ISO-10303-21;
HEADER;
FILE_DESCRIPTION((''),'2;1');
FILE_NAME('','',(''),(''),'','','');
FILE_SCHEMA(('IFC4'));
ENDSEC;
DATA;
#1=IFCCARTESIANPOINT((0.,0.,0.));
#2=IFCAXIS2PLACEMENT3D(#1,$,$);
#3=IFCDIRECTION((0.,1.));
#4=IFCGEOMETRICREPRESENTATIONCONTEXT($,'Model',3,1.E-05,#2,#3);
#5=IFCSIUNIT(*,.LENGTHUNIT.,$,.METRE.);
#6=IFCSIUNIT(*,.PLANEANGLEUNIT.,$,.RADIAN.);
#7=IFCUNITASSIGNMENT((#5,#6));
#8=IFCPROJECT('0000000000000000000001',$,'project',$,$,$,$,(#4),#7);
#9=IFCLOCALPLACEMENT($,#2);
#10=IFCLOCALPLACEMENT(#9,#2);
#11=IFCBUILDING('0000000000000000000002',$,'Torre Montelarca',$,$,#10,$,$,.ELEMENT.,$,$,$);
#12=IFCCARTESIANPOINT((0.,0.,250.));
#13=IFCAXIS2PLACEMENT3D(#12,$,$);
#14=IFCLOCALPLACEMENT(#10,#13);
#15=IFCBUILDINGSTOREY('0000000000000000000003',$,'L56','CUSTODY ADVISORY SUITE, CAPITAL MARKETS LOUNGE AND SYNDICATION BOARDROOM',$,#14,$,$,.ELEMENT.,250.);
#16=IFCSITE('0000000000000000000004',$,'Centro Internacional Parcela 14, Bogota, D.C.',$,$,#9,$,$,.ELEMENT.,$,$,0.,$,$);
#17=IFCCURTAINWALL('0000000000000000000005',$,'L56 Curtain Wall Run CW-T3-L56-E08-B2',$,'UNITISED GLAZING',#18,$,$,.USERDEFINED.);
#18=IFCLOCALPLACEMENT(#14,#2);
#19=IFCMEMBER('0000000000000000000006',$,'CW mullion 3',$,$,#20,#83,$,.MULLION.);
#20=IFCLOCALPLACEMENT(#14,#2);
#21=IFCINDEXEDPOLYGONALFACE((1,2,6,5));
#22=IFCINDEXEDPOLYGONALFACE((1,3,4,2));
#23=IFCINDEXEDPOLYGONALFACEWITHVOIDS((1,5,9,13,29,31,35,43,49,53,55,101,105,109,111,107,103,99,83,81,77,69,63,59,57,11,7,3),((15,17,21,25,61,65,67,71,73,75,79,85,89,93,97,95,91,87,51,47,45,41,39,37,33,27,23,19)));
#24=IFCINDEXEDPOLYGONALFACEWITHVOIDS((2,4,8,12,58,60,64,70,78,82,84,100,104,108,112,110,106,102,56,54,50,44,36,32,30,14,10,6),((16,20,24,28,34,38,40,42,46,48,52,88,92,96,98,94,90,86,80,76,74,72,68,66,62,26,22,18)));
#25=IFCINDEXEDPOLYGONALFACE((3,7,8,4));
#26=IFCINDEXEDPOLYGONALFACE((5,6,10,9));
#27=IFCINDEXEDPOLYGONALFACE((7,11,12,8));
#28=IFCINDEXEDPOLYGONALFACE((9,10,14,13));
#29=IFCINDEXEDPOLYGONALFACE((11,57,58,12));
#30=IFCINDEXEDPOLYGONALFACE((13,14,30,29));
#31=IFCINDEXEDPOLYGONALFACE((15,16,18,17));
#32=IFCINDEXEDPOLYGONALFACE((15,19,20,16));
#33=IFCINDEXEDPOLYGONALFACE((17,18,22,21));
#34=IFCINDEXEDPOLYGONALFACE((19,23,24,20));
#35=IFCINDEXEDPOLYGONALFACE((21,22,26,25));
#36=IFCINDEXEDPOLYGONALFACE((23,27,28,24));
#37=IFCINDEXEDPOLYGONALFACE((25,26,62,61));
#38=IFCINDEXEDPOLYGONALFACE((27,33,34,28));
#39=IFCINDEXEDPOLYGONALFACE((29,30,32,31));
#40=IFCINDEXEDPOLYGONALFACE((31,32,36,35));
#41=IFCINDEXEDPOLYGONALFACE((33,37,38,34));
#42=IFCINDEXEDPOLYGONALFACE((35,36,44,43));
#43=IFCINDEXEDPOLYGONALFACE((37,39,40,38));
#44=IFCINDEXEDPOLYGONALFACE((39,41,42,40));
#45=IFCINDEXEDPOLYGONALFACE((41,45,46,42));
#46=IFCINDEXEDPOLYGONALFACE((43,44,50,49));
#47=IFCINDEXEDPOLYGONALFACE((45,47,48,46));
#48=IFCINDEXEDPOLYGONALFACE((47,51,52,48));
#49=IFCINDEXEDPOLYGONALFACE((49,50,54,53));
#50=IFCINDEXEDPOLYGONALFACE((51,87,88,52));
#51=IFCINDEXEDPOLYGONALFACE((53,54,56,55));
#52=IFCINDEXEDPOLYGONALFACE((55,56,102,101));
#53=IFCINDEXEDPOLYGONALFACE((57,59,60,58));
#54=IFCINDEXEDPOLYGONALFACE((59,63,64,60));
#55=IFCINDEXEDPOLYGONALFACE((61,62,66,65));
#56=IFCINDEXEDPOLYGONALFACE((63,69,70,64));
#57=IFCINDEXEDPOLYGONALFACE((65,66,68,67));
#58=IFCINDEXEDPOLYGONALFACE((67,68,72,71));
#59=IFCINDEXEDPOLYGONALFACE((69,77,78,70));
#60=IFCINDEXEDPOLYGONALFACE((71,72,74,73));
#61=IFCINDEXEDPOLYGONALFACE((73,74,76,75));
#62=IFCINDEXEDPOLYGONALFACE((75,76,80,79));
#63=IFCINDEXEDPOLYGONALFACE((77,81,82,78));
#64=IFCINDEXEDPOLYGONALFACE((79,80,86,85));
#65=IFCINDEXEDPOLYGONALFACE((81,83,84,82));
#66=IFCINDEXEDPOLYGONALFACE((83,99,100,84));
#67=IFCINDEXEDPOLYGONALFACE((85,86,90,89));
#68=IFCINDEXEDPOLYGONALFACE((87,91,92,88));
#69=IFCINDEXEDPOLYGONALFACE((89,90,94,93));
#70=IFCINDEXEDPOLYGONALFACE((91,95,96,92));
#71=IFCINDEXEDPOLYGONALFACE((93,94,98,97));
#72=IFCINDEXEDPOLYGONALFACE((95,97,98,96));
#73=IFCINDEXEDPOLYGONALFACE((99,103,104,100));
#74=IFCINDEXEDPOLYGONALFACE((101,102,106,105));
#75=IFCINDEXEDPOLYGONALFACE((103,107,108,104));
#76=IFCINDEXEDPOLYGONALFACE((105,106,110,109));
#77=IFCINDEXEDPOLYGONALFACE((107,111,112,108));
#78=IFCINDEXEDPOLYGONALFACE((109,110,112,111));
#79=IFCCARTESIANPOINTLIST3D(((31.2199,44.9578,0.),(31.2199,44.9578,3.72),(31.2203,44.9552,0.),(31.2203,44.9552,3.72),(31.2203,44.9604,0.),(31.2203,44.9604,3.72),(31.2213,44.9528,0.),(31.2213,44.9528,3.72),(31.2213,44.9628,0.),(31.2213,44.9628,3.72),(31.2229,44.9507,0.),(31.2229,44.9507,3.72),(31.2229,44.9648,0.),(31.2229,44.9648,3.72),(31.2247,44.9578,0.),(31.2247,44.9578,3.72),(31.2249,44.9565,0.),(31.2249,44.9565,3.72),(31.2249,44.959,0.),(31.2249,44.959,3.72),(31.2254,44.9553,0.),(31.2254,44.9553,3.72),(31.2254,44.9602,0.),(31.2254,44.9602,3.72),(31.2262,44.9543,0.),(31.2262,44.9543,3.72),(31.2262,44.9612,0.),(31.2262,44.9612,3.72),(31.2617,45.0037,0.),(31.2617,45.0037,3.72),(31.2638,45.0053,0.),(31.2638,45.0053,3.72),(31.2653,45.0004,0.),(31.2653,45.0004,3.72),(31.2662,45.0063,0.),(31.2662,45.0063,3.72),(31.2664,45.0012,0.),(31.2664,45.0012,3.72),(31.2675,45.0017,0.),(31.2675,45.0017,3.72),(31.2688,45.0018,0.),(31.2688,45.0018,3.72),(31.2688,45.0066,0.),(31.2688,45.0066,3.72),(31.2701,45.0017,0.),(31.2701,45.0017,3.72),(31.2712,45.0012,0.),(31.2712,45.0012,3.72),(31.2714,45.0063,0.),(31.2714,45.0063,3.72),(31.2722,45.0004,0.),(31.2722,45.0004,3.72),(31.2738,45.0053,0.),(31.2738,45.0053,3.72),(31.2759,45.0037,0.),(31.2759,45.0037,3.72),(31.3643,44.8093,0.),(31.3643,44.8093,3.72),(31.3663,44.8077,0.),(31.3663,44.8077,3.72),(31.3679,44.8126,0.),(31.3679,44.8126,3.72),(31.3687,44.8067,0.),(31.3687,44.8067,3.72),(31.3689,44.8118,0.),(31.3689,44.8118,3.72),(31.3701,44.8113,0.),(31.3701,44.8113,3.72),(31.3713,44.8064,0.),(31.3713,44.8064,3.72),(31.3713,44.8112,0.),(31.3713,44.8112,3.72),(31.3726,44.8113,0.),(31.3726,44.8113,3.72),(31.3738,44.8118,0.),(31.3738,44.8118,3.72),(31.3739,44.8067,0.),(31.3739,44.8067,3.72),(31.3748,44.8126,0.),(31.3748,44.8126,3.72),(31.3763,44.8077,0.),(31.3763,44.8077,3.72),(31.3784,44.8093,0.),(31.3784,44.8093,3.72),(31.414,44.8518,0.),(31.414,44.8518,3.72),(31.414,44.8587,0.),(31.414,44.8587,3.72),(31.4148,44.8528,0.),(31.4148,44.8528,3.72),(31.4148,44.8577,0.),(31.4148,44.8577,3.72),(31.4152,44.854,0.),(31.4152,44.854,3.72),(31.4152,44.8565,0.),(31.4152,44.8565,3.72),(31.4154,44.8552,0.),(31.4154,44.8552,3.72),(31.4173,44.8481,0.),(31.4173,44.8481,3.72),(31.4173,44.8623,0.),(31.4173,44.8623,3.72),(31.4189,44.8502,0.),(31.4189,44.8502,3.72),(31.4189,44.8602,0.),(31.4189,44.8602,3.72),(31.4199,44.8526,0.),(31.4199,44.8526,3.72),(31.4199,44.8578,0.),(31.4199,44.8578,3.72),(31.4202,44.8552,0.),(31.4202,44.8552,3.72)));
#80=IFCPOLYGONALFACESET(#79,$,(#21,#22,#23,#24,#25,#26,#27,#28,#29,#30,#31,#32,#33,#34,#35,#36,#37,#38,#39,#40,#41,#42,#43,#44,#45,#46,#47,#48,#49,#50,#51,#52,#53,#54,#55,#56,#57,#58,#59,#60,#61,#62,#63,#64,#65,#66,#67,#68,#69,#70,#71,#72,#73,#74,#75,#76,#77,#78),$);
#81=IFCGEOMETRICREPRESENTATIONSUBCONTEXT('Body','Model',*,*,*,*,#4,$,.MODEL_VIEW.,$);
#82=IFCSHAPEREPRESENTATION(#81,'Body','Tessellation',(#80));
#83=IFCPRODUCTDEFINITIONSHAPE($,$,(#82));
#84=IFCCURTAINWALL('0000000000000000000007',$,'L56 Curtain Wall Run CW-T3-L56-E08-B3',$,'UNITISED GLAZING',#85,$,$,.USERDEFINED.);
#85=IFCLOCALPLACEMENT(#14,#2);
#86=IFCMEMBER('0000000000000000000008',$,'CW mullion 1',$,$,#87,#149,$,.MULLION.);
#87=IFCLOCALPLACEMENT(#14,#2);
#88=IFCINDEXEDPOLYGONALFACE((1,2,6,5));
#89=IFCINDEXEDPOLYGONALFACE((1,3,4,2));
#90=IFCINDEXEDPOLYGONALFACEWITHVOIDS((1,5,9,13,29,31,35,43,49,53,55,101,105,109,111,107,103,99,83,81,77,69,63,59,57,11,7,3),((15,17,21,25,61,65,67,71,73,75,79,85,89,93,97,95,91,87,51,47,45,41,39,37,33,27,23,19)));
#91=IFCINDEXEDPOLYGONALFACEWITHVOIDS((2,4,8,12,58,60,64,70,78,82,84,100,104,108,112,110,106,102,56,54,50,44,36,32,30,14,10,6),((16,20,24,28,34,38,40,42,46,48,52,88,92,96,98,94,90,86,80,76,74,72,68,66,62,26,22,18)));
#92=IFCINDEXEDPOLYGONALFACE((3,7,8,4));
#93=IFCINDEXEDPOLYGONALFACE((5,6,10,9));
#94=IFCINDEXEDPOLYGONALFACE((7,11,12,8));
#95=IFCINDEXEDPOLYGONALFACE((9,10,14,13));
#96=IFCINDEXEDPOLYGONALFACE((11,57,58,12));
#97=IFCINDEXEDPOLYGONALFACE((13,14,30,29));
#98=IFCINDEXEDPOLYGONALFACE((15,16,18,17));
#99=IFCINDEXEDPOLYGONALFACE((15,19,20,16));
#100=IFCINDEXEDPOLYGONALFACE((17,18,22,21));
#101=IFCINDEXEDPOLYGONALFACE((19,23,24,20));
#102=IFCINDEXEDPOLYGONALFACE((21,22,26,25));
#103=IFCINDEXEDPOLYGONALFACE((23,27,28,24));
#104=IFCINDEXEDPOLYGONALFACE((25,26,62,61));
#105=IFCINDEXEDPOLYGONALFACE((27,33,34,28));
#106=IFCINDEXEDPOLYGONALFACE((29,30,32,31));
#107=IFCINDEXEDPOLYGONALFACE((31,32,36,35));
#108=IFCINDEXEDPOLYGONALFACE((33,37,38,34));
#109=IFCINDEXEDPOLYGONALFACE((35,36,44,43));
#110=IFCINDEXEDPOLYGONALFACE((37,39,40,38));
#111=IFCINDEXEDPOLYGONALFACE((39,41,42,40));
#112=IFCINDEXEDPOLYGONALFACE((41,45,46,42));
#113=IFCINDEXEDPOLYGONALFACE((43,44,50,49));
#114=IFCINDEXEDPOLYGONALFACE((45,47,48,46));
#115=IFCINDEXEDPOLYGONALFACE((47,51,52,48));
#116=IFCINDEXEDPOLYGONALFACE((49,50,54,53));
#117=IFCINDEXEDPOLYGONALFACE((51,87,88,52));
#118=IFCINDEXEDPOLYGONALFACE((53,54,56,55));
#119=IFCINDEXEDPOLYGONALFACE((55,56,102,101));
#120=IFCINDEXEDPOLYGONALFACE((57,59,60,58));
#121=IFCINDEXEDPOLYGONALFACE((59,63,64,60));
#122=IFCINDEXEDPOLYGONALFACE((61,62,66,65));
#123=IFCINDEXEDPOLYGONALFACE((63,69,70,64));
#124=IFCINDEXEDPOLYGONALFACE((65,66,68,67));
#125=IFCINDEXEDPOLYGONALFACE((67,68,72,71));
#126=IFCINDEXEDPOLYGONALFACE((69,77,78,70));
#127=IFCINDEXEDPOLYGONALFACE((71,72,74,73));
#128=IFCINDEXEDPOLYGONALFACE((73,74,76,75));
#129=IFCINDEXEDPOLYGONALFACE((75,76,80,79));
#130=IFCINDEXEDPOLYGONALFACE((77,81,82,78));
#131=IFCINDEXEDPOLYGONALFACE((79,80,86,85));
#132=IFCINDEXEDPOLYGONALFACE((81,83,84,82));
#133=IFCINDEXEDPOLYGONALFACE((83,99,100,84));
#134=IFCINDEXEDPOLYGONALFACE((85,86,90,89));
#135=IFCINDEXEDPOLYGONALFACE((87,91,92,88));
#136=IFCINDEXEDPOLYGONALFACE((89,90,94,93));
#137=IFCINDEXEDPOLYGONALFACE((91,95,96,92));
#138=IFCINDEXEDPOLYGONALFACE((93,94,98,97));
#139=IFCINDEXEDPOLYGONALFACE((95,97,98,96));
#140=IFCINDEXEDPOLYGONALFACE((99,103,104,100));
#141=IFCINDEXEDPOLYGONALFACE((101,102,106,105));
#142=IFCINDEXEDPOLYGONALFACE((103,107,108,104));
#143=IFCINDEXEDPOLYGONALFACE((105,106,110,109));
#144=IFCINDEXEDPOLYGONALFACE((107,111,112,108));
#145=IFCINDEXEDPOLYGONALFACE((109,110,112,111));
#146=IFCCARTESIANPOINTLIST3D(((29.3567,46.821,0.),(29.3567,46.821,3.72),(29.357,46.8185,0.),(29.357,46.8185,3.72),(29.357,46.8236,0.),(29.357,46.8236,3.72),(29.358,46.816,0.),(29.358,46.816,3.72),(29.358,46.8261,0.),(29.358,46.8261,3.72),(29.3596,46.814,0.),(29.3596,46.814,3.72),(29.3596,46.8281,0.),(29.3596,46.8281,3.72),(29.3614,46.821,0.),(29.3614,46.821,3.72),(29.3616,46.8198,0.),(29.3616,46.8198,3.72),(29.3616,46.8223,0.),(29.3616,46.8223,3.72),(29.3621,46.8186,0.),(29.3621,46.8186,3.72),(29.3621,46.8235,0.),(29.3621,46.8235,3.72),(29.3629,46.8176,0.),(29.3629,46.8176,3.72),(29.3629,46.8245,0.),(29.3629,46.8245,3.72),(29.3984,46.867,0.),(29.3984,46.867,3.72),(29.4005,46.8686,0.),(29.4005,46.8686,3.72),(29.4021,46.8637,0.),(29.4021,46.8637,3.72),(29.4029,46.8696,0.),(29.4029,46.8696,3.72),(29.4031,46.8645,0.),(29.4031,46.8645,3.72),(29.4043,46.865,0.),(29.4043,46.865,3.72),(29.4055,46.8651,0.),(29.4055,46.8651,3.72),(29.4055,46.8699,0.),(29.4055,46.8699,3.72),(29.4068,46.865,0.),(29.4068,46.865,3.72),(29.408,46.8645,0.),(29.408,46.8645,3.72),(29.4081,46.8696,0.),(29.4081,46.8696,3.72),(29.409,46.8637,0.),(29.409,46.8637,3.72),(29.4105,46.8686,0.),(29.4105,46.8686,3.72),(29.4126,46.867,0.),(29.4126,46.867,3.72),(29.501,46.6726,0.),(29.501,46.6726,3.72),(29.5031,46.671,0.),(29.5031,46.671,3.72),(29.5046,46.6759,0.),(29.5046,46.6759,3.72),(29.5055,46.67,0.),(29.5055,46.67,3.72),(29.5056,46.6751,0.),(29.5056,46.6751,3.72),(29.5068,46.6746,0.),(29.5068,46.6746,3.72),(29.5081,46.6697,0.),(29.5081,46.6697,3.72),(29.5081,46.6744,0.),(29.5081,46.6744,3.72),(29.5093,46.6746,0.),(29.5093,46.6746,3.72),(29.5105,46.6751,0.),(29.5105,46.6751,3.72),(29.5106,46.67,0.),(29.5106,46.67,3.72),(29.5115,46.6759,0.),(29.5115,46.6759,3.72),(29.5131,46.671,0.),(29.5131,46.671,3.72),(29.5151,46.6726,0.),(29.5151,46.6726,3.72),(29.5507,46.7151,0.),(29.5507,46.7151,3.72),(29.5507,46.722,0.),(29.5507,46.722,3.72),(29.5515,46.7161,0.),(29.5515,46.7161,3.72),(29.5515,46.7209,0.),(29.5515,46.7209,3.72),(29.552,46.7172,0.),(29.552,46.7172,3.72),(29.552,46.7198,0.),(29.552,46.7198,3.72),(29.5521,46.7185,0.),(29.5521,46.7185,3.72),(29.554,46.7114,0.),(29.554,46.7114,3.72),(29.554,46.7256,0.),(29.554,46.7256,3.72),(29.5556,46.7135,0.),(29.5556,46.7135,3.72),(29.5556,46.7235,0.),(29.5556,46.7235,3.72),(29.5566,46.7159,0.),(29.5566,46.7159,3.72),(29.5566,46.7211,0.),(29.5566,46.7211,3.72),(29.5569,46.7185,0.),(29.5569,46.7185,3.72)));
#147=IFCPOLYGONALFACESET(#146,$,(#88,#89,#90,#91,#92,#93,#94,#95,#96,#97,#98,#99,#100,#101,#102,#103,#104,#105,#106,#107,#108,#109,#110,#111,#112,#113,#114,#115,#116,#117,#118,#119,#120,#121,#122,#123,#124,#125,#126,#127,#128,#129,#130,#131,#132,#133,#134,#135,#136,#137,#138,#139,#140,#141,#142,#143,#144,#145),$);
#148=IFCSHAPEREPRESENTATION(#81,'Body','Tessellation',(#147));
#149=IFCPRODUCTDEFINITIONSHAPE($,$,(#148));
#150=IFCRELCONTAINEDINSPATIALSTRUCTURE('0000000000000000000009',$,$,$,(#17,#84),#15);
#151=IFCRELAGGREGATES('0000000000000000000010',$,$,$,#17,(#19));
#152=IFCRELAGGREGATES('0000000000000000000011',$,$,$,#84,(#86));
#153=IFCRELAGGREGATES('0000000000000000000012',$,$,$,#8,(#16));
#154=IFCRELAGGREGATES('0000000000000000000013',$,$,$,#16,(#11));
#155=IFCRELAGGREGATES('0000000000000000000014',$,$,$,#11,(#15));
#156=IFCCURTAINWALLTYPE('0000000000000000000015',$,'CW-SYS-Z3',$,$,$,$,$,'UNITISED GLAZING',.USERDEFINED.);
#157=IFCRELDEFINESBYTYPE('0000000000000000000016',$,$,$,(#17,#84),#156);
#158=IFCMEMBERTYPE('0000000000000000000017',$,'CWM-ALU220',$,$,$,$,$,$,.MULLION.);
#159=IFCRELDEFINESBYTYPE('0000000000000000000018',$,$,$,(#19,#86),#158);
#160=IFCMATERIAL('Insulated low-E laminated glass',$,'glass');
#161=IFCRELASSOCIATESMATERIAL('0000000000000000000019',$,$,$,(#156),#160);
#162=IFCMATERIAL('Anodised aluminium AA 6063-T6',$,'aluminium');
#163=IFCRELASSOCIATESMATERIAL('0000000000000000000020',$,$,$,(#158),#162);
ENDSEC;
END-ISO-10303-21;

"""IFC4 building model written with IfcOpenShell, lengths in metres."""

from ifc_helpers import new_model, si_unit, direction, frame, origin, origin_2d, place, context, subcontext, project, spatial, hollow_rectangle, extrude, source, transform, mapped, material, material_profile, profile_set, type_object, element, aggregate, save


model = new_model("IFC4")

# Units and contexts
model_context = context("Model", 3, precision=1e-05, world=origin(), true_north=direction((0.0, 1.0)))
body_context = subcontext(model_context, "Body", "Model", "MODEL_VIEW")
ifc_project = project(units=[si_unit("LENGTHUNIT", "METRE"), si_unit("PLANEANGLEUNIT", "RADIAN")], contexts=[model_context])

# Site, building, storey
site_placement = place(None, origin())
site = spatial("IfcSite", under=ifc_project, at=site_placement, Name="Centro Internacional Parcela 14, Bogota, D.C.", CompositionType="ELEMENT", RefElevation=0.0)
building_placement = place(site_placement, origin())
building = spatial("IfcBuilding", under=site, at=building_placement, Name="Torre Montelarca", CompositionType="ELEMENT")
storey_placement = place(building_placement, frame((0.0, 0.0, 250.0)))
storey = spatial("IfcBuildingStorey", under=building, at=storey_placement, Name="L56", Description="CUSTODY ADVISORY SUITE, CAPITAL MARKETS LOUNGE AND SYNDICATION BOARDROOM", CompositionType="ELEMENT", Elevation=250.0)

# Curtain walls, members
ifc_material_1 = material(Name="Insulated low-E laminated glass", Category="glass")
curtain_wall_type = type_object("IfcCurtainWallType", Name="CW-SYS-Z3", ElementType="UNITISED GLAZING", PredefinedType="USERDEFINED", material=ifc_material_1)
curtain_wall_1_placement = place(storey_placement, origin())
curtain_wall_1 = element("IfcCurtainWall", 1, at=curtain_wall_1_placement, inside=storey, type_object=curtain_wall_type, Name="L56 Curtain Wall Run CW-T3-L56-E08-B2", ObjectType="UNITISED GLAZING", PredefinedType="USERDEFINED")
ifc_material_2 = material(Name="Anodised aluminium AA 6063-T6", Category="aluminium")
ifc_material_profile_1 = material_profile(ifc_material_2, hollow_rectangle(XDim=0.075, YDim=0.22, WallThickness=0.0049, InnerFilletRadius=0.0049, OuterFilletRadius=0.01, at=origin_2d()), Name="ALU75X220X5", Category="aluminium")
ifc_profile_set_1 = profile_set([ifc_material_profile_1], Name="Anodised aluminium AA 6063-T6")
member_type_1 = type_object("IfcMemberType", Name="CWM-ALU220", PredefinedType="MULLION", material=ifc_profile_set_1)
shared_shape_1 = source(origin(), body_context, "Body", "SweptSolid", [
    extrude(hollow_rectangle(XDim=0.075, YDim=0.22, WallThickness=0.0049, InnerFilletRadius=0.0049, OuterFilletRadius=0.01, at=origin_2d()), origin(), (0.0, 0.0, 1.0), 3.72),
])
member_1_placement = place(storey_placement, frame((31.3201, 44.9065, 0.0), z_axis=(0.0, 0.0, 1.0), x_axis=(-0.707115, -0.707099, 0.0)))
member_1 = element("IfcMember", 2, at=member_1_placement, type_object=member_type_1, Name="CW mullion 3", PredefinedType="MULLION", context=body_context, shape_type="MappedRepresentation", body=[
    mapped(shared_shape_1, transform((0.0, 0.0, 0.0), scale=1.0)),
])
curtain_wall_2_placement = place(storey_placement, origin())
curtain_wall_2 = element("IfcCurtainWall", 3, at=curtain_wall_2_placement, inside=storey, type_object=curtain_wall_type, Name="L56 Curtain Wall Run CW-T3-L56-E08-B3", ObjectType="UNITISED GLAZING", PredefinedType="USERDEFINED")
member_2_placement = place(storey_placement, frame((29.4568, 46.7698, 0.0), z_axis=(0.0, 0.0, 1.0), x_axis=(-0.707107, -0.707107, 0.0)))
member_2 = element("IfcMember", 4, at=member_2_placement, type_object=member_type_1, Name="CW mullion 1", PredefinedType="MULLION", context=body_context, shape_type="MappedRepresentation", body=[
    mapped(shared_shape_1, transform((0.0, 0.0, 0.0), scale=1.0)),
])

aggregate(curtain_wall_1, [member_1])
aggregate(curtain_wall_2, [member_2])

save(model, "model.ifc")
